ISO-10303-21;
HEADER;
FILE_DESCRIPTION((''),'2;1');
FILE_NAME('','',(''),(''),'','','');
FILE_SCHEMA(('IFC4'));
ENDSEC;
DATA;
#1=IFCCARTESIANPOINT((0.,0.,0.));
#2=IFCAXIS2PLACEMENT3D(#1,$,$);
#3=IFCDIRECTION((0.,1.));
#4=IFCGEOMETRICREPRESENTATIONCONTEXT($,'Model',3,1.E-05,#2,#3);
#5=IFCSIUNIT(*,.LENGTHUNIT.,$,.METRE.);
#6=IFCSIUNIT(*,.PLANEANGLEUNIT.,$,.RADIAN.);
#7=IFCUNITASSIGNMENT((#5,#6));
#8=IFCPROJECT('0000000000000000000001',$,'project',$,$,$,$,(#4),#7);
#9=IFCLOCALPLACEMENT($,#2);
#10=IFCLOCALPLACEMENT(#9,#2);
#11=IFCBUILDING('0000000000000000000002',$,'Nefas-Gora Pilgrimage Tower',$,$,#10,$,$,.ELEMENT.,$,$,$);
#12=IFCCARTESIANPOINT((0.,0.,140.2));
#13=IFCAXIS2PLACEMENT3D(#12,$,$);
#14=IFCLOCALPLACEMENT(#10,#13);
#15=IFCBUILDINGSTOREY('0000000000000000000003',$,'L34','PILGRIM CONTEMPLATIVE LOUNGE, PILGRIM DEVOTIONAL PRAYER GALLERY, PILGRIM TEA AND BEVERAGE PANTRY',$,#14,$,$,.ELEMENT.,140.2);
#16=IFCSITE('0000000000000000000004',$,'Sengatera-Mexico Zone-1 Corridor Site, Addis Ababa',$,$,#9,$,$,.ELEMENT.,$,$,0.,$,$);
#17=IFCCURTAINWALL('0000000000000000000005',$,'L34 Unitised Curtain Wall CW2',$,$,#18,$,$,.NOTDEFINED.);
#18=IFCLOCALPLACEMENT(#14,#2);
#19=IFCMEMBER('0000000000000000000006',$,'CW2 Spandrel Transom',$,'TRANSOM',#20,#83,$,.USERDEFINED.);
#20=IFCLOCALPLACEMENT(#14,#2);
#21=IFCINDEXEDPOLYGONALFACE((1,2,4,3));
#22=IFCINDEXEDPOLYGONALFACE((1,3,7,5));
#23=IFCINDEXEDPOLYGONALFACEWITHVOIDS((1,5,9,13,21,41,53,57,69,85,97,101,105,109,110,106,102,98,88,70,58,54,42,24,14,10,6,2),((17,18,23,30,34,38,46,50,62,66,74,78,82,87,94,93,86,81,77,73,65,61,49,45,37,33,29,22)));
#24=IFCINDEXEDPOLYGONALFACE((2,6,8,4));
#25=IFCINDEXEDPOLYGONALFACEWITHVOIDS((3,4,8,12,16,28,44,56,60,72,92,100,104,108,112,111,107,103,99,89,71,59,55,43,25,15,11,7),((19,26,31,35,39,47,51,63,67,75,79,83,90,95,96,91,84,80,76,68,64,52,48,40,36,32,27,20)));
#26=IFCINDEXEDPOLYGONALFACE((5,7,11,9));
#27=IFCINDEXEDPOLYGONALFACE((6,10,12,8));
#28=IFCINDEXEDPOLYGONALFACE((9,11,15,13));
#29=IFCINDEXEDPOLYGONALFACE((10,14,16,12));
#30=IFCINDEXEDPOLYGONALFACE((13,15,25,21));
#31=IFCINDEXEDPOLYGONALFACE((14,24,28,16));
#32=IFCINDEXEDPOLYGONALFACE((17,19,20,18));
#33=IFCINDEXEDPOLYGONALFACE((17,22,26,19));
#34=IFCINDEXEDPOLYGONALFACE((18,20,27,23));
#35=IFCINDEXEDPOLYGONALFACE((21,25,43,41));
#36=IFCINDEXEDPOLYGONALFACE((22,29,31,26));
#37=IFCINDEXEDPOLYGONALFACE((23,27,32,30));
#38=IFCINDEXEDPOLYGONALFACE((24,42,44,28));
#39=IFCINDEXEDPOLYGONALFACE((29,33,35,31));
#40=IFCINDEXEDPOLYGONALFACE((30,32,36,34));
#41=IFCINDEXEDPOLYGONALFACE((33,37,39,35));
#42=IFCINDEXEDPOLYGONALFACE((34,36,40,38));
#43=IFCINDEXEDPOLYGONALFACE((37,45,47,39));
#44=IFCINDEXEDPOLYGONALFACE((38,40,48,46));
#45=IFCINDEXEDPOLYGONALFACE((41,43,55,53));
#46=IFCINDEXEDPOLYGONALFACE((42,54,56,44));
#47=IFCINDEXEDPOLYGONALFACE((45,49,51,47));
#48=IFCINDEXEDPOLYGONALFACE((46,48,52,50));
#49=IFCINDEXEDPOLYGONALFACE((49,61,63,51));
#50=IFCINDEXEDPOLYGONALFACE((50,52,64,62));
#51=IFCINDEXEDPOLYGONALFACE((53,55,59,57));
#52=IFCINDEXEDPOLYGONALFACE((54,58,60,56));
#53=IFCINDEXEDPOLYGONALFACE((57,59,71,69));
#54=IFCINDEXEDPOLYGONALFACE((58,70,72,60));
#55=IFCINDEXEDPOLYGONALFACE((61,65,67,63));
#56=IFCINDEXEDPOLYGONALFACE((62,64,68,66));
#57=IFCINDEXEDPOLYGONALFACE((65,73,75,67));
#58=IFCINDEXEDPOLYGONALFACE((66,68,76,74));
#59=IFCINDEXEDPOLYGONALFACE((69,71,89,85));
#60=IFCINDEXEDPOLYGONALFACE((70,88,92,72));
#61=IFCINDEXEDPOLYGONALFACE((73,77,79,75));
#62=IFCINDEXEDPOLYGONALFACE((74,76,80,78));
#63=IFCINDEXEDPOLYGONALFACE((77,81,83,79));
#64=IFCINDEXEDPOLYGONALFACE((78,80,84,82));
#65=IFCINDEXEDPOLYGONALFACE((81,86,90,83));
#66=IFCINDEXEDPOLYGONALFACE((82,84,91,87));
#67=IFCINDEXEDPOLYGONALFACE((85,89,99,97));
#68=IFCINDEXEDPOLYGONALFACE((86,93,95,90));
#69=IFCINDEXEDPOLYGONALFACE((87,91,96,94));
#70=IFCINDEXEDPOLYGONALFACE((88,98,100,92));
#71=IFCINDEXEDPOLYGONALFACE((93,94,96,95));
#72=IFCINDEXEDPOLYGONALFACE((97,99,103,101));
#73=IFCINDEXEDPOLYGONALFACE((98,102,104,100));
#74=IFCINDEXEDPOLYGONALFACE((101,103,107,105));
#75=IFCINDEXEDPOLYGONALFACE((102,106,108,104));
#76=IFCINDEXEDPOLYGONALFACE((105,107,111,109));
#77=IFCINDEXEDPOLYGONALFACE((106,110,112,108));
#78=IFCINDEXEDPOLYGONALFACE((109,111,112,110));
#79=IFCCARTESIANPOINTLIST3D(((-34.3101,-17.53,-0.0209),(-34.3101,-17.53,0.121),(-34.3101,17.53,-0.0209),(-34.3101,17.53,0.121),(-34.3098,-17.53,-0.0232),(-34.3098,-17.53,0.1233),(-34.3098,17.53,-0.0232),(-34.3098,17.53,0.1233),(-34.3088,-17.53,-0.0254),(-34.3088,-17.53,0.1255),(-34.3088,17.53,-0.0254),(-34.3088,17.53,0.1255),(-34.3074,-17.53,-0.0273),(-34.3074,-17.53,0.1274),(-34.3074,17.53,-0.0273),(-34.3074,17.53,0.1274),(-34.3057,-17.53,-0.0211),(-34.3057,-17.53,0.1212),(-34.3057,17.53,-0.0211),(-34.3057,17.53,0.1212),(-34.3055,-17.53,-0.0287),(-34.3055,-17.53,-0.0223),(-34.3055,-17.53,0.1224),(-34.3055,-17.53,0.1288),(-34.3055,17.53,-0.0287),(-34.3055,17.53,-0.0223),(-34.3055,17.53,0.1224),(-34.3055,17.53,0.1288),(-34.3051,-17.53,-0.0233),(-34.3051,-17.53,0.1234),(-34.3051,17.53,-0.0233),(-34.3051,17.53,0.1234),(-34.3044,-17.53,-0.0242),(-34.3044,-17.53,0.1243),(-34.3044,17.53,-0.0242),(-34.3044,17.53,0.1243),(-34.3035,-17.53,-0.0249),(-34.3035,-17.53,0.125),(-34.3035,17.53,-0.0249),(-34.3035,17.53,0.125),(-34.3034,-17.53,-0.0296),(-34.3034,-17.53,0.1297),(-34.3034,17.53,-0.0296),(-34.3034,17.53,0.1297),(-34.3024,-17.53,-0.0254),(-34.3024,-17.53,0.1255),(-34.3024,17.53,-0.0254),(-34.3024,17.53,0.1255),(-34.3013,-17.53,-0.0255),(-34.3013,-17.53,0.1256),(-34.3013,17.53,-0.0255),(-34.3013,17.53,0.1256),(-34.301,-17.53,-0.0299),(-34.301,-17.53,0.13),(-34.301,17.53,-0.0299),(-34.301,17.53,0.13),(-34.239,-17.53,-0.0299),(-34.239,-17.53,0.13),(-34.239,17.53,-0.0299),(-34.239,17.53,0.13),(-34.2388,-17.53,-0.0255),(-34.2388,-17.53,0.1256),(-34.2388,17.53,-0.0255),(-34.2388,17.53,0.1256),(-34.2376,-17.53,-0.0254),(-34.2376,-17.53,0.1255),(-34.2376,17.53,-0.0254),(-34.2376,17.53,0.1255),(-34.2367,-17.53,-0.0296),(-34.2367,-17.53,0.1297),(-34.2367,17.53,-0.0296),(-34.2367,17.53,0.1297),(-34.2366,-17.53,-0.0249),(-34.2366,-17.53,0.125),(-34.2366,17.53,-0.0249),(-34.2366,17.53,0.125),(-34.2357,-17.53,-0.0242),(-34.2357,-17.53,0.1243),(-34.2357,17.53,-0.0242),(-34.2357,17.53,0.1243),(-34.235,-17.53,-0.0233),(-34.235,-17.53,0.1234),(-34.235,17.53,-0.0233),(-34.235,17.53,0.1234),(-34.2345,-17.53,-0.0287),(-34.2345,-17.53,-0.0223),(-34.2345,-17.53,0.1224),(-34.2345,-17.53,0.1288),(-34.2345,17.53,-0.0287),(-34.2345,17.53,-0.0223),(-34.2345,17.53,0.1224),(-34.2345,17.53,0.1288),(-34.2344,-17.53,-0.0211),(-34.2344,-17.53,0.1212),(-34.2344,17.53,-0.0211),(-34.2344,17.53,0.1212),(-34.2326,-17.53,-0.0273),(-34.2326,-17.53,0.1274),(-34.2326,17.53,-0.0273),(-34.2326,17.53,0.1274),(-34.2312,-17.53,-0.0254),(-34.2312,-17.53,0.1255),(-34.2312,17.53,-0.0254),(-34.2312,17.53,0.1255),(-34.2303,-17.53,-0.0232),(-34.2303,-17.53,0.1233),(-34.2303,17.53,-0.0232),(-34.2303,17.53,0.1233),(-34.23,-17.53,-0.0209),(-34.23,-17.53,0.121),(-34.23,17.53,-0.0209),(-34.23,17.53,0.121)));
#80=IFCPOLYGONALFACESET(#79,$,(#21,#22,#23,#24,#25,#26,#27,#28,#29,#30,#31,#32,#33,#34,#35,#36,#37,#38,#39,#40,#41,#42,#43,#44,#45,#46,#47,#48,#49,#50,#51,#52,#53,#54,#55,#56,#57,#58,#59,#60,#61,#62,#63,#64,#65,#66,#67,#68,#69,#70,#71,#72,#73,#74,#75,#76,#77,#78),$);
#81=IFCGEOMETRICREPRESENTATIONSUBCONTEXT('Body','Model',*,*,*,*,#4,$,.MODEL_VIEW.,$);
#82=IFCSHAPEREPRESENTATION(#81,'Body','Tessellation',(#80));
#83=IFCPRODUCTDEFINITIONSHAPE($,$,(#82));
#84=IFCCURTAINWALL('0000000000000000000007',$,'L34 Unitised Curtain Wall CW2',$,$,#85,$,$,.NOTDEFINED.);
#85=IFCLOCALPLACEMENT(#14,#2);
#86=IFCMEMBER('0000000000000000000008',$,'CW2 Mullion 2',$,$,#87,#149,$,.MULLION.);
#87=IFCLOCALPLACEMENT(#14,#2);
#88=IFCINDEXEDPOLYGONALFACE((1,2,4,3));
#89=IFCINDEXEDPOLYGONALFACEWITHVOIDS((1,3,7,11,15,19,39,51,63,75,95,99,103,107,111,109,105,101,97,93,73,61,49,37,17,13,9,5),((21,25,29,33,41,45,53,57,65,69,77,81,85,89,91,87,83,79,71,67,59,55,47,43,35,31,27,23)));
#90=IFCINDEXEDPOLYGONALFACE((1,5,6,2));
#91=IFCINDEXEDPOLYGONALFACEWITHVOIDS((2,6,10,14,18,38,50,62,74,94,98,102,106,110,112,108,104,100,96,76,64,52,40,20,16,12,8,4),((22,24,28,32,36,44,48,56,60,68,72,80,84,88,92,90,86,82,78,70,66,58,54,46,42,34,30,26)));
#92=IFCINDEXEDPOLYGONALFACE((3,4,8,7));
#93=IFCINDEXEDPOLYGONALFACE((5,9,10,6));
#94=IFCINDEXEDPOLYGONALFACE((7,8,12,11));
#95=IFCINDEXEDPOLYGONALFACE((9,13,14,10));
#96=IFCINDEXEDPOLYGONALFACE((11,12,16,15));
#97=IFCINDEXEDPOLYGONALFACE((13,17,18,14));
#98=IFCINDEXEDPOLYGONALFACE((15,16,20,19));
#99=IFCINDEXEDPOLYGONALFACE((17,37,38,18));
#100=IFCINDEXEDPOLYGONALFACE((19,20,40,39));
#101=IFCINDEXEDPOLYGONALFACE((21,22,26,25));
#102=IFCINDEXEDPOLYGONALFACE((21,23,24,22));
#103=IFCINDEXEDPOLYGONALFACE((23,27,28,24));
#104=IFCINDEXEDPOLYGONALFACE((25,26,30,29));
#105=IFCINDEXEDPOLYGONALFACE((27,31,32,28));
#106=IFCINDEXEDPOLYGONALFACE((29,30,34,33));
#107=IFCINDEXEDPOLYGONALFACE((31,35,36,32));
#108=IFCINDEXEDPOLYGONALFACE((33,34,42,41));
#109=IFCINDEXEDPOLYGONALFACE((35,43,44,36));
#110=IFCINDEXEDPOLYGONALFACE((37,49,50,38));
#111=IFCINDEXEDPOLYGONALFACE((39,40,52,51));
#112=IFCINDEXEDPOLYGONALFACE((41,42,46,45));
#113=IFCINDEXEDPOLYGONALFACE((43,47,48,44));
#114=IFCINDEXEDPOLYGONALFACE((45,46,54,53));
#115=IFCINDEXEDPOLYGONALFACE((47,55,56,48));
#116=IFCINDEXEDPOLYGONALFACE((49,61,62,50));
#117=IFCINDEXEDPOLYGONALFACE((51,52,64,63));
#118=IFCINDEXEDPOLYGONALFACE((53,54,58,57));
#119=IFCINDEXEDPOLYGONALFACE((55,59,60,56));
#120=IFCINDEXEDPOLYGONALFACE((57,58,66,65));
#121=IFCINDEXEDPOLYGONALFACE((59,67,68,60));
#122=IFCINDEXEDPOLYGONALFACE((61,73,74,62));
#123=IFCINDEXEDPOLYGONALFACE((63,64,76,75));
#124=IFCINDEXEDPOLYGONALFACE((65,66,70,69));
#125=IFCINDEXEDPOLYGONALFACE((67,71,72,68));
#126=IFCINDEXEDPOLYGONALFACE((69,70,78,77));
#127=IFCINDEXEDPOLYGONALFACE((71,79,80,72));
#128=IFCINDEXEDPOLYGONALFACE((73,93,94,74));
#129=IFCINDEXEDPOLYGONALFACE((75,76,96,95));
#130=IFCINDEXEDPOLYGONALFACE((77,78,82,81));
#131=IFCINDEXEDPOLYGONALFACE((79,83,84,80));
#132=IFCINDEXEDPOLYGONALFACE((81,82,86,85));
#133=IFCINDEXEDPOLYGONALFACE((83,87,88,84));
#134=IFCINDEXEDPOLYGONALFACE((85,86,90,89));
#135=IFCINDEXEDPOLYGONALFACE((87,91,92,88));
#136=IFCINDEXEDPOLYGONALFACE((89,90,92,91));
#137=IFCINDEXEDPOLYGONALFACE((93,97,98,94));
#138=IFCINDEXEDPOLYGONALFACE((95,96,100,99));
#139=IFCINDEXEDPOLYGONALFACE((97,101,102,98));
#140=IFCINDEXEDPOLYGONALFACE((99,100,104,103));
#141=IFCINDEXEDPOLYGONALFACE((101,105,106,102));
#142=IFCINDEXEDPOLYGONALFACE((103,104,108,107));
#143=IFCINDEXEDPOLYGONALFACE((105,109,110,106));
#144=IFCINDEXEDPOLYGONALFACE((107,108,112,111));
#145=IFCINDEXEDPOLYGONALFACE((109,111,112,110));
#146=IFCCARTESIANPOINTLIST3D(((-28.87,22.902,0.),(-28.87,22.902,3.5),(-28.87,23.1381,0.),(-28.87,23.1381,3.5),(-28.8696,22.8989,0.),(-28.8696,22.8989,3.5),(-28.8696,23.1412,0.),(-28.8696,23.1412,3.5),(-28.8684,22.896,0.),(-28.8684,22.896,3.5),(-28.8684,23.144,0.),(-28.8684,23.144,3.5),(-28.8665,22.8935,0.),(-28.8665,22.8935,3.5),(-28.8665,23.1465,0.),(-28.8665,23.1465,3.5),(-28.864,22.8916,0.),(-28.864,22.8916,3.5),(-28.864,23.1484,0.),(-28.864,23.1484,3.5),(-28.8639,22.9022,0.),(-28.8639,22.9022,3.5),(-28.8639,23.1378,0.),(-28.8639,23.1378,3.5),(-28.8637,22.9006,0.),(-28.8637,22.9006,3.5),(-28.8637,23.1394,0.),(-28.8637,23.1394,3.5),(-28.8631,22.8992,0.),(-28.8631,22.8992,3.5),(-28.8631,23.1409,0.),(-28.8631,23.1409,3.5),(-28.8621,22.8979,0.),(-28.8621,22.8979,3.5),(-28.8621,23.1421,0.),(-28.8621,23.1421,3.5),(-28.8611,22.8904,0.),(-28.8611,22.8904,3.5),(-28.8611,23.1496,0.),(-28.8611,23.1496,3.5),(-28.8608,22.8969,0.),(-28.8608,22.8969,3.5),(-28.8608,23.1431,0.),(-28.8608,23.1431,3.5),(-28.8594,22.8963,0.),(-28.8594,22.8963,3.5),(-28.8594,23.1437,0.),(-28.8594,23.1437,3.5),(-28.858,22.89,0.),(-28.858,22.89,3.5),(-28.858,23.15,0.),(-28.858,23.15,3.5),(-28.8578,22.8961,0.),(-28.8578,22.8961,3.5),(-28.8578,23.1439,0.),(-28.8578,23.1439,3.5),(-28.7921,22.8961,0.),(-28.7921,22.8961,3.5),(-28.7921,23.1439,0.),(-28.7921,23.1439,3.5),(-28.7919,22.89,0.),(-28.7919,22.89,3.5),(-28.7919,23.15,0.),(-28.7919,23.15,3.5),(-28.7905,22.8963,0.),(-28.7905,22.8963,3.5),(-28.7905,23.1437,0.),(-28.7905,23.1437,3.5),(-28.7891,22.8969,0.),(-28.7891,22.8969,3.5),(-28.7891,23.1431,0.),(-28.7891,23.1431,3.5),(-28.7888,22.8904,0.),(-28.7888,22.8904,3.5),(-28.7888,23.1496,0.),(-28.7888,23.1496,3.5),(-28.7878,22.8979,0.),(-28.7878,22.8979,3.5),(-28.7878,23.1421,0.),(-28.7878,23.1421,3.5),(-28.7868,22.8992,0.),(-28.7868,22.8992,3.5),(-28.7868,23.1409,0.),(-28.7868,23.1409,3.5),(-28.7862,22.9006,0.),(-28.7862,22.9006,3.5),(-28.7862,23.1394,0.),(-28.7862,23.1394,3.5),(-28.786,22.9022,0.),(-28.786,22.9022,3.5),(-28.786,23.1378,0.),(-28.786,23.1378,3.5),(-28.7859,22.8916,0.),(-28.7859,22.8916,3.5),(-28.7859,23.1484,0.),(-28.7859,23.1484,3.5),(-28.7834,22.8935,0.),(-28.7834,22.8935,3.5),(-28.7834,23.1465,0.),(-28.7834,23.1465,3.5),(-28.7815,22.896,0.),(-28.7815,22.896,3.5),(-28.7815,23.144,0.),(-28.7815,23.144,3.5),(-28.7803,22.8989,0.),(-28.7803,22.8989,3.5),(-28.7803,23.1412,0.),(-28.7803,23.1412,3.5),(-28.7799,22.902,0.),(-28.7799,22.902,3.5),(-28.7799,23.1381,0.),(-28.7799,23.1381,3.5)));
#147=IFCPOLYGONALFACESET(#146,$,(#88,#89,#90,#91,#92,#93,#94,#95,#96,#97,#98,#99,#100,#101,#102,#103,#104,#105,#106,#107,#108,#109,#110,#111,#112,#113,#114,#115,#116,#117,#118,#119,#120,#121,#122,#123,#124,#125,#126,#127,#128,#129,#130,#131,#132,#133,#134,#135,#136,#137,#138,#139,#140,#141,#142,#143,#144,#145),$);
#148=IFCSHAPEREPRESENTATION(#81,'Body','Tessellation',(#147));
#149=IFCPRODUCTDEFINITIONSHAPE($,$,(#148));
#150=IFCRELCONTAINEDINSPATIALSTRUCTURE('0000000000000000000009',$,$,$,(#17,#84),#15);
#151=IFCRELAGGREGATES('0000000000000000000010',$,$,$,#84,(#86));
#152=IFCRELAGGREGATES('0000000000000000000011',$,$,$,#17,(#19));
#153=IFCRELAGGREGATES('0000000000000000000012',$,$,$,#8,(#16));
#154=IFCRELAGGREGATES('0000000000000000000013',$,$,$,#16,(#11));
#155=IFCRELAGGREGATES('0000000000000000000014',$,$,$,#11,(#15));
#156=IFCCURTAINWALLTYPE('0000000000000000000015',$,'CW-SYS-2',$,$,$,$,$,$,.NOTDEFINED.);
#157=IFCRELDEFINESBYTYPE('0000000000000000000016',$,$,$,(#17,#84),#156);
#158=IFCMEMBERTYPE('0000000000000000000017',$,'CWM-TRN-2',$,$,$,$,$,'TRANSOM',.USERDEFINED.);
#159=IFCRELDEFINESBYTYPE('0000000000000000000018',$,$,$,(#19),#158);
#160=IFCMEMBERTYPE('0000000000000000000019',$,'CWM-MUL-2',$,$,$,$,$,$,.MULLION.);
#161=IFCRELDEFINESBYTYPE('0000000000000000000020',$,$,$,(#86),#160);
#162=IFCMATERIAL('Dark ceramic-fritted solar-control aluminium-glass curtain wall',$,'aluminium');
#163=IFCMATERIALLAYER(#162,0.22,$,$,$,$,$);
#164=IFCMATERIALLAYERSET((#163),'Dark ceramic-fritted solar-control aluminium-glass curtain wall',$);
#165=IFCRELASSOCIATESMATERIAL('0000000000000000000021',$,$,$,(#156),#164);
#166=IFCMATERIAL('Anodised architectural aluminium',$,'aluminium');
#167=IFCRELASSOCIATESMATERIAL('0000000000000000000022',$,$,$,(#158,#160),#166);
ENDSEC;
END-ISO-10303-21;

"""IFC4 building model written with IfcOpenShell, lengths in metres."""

from ifc_helpers import new_model, si_unit, direction, frame, origin, origin_2d, place, context, subcontext, project, spatial, hollow_rectangle, extrude, source, transform, mapped, material, layer, layer_set, material_profile, profile_set, type_object, element, aggregate, save


model = new_model("IFC4")

# Units and contexts
model_context = context("Model", 3, precision=1e-05, world=origin(), true_north=direction((0.0, 1.0)))
body_context = subcontext(model_context, "Body", "Model", "MODEL_VIEW")
ifc_project = project(units=[si_unit("LENGTHUNIT", "METRE"), si_unit("PLANEANGLEUNIT", "RADIAN")], contexts=[model_context])

# Site, building, storey
site_placement = place(None, origin())
site = spatial("IfcSite", under=ifc_project, at=site_placement, Name="Sengatera-Mexico Zone-1 Corridor Site, Addis Ababa", CompositionType="ELEMENT", RefElevation=0.0)
building_placement = place(site_placement, origin())
building = spatial("IfcBuilding", under=site, at=building_placement, Name="Nefas-Gora Pilgrimage Tower", CompositionType="ELEMENT")
storey_placement = place(building_placement, frame((0.0, 0.0, 140.2)))
storey = spatial("IfcBuildingStorey", under=building, at=storey_placement, Name="L34", Description="PILGRIM CONTEMPLATIVE LOUNGE, PILGRIM DEVOTIONAL PRAYER GALLERY, PILGRIM TEA AND BEVERAGE PANTRY", CompositionType="ELEMENT", Elevation=140.2)

# Curtain walls, members
ifc_material_1 = material(Name="Dark ceramic-fritted solar-control aluminium-glass curtain wall", Category="aluminium")
ifc_layer_1 = layer(ifc_material_1, 0.22)
ifc_layer_set_1 = layer_set([ifc_layer_1], Name="Dark ceramic-fritted solar-control aluminium-glass curtain wall")
curtain_wall_type = type_object("IfcCurtainWallType", Name="CW-SYS-2", PredefinedType="NOTDEFINED", material=ifc_layer_set_1)
curtain_wall_1_placement = place(storey_placement, origin())
curtain_wall_1 = element("IfcCurtainWall", 1, at=curtain_wall_1_placement, inside=storey, type_object=curtain_wall_type, Name="L34 Unitised Curtain Wall CW2", PredefinedType="NOTDEFINED")
ifc_material_2 = material(Name="Anodised architectural aluminium", Category="aluminium")
ifc_material_profile_1 = material_profile(ifc_material_2, hollow_rectangle(XDim=0.0801, YDim=0.1599, WallThickness=0.0044, InnerFilletRadius=0.0044, OuterFilletRadius=0.009, at=origin_2d()), Name="ALU TRANSOM 80x160")
ifc_profile_set_1 = profile_set([ifc_material_profile_1], Name="Anodised architectural aluminium")
member_type_1 = type_object("IfcMemberType", Name="CWM-TRN-2", ElementType="TRANSOM", PredefinedType="USERDEFINED", material=ifc_profile_set_1)
shared_shape_1 = source(origin(), body_context, "Body", "SweptSolid", [
    extrude(hollow_rectangle(XDim=0.0801, YDim=0.1599, WallThickness=0.0044, InnerFilletRadius=0.0044, OuterFilletRadius=0.009, at=origin_2d()), origin(), (0.0, 0.0, 1.0), 35.0601),
])
member_1_placement = place(storey_placement, frame((-34.27, 17.53, 0.05), z_axis=(0.0, -1.0, 0.0), x_axis=(1.0, 0.0, 0.0)))
member_1 = element("IfcMember", 2, at=member_1_placement, type_object=member_type_1, Name="CW2 Spandrel Transom", ObjectType="TRANSOM", PredefinedType="USERDEFINED", context=body_context, shape_type="MappedRepresentation", body=[
    mapped(shared_shape_1, transform((0.0, 0.0, 0.0), x_axis=(1.0, 0.0, 0.0), y_axis=(0.0, 1.0, 0.0), z_axis=(0.0, 0.0, 1.0), scale=1.0)),
])
curtain_wall_2_placement = place(storey_placement, origin())
curtain_wall_2 = element("IfcCurtainWall", 3, at=curtain_wall_2_placement, inside=storey, type_object=curtain_wall_type, Name="L34 Unitised Curtain Wall CW2", PredefinedType="NOTDEFINED")
ifc_material_profile_2 = material_profile(ifc_material_2, hollow_rectangle(XDim=0.0901, YDim=0.26, WallThickness=0.0061, InnerFilletRadius=0.0061, OuterFilletRadius=0.012, at=origin_2d()), Name="ALU MULLION 90x260")
ifc_profile_set_2 = profile_set([ifc_material_profile_2], Name="Anodised architectural aluminium")
member_type_2 = type_object("IfcMemberType", Name="CWM-MUL-2", PredefinedType="MULLION", material=ifc_profile_set_2)
shared_shape_2 = source(origin(), body_context, "Body", "SweptSolid", [
    extrude(hollow_rectangle(XDim=0.0901, YDim=0.26, WallThickness=0.0061, InnerFilletRadius=0.0061, OuterFilletRadius=0.012, at=origin_2d()), origin(), (0.0, 0.0, 1.0), 3.5),
])
member_2_placement = place(storey_placement, frame((-28.825, 23.02, 0.0), z_axis=(0.0, 0.0, 1.0), x_axis=(-1.0, 0.0, 0.0)))
member_2 = element("IfcMember", 4, at=member_2_placement, type_object=member_type_2, Name="CW2 Mullion 2", PredefinedType="MULLION", context=body_context, shape_type="MappedRepresentation", body=[
    mapped(shared_shape_2, transform((0.0, 0.0, 0.0), x_axis=(1.0, 0.0, 0.0), y_axis=(0.0, 1.0, 0.0), z_axis=(0.0, 0.0, 1.0), scale=1.0)),
])
aggregate(curtain_wall_2, [member_2])

aggregate(curtain_wall_1, [member_1])

save(model, "model.ifc")
